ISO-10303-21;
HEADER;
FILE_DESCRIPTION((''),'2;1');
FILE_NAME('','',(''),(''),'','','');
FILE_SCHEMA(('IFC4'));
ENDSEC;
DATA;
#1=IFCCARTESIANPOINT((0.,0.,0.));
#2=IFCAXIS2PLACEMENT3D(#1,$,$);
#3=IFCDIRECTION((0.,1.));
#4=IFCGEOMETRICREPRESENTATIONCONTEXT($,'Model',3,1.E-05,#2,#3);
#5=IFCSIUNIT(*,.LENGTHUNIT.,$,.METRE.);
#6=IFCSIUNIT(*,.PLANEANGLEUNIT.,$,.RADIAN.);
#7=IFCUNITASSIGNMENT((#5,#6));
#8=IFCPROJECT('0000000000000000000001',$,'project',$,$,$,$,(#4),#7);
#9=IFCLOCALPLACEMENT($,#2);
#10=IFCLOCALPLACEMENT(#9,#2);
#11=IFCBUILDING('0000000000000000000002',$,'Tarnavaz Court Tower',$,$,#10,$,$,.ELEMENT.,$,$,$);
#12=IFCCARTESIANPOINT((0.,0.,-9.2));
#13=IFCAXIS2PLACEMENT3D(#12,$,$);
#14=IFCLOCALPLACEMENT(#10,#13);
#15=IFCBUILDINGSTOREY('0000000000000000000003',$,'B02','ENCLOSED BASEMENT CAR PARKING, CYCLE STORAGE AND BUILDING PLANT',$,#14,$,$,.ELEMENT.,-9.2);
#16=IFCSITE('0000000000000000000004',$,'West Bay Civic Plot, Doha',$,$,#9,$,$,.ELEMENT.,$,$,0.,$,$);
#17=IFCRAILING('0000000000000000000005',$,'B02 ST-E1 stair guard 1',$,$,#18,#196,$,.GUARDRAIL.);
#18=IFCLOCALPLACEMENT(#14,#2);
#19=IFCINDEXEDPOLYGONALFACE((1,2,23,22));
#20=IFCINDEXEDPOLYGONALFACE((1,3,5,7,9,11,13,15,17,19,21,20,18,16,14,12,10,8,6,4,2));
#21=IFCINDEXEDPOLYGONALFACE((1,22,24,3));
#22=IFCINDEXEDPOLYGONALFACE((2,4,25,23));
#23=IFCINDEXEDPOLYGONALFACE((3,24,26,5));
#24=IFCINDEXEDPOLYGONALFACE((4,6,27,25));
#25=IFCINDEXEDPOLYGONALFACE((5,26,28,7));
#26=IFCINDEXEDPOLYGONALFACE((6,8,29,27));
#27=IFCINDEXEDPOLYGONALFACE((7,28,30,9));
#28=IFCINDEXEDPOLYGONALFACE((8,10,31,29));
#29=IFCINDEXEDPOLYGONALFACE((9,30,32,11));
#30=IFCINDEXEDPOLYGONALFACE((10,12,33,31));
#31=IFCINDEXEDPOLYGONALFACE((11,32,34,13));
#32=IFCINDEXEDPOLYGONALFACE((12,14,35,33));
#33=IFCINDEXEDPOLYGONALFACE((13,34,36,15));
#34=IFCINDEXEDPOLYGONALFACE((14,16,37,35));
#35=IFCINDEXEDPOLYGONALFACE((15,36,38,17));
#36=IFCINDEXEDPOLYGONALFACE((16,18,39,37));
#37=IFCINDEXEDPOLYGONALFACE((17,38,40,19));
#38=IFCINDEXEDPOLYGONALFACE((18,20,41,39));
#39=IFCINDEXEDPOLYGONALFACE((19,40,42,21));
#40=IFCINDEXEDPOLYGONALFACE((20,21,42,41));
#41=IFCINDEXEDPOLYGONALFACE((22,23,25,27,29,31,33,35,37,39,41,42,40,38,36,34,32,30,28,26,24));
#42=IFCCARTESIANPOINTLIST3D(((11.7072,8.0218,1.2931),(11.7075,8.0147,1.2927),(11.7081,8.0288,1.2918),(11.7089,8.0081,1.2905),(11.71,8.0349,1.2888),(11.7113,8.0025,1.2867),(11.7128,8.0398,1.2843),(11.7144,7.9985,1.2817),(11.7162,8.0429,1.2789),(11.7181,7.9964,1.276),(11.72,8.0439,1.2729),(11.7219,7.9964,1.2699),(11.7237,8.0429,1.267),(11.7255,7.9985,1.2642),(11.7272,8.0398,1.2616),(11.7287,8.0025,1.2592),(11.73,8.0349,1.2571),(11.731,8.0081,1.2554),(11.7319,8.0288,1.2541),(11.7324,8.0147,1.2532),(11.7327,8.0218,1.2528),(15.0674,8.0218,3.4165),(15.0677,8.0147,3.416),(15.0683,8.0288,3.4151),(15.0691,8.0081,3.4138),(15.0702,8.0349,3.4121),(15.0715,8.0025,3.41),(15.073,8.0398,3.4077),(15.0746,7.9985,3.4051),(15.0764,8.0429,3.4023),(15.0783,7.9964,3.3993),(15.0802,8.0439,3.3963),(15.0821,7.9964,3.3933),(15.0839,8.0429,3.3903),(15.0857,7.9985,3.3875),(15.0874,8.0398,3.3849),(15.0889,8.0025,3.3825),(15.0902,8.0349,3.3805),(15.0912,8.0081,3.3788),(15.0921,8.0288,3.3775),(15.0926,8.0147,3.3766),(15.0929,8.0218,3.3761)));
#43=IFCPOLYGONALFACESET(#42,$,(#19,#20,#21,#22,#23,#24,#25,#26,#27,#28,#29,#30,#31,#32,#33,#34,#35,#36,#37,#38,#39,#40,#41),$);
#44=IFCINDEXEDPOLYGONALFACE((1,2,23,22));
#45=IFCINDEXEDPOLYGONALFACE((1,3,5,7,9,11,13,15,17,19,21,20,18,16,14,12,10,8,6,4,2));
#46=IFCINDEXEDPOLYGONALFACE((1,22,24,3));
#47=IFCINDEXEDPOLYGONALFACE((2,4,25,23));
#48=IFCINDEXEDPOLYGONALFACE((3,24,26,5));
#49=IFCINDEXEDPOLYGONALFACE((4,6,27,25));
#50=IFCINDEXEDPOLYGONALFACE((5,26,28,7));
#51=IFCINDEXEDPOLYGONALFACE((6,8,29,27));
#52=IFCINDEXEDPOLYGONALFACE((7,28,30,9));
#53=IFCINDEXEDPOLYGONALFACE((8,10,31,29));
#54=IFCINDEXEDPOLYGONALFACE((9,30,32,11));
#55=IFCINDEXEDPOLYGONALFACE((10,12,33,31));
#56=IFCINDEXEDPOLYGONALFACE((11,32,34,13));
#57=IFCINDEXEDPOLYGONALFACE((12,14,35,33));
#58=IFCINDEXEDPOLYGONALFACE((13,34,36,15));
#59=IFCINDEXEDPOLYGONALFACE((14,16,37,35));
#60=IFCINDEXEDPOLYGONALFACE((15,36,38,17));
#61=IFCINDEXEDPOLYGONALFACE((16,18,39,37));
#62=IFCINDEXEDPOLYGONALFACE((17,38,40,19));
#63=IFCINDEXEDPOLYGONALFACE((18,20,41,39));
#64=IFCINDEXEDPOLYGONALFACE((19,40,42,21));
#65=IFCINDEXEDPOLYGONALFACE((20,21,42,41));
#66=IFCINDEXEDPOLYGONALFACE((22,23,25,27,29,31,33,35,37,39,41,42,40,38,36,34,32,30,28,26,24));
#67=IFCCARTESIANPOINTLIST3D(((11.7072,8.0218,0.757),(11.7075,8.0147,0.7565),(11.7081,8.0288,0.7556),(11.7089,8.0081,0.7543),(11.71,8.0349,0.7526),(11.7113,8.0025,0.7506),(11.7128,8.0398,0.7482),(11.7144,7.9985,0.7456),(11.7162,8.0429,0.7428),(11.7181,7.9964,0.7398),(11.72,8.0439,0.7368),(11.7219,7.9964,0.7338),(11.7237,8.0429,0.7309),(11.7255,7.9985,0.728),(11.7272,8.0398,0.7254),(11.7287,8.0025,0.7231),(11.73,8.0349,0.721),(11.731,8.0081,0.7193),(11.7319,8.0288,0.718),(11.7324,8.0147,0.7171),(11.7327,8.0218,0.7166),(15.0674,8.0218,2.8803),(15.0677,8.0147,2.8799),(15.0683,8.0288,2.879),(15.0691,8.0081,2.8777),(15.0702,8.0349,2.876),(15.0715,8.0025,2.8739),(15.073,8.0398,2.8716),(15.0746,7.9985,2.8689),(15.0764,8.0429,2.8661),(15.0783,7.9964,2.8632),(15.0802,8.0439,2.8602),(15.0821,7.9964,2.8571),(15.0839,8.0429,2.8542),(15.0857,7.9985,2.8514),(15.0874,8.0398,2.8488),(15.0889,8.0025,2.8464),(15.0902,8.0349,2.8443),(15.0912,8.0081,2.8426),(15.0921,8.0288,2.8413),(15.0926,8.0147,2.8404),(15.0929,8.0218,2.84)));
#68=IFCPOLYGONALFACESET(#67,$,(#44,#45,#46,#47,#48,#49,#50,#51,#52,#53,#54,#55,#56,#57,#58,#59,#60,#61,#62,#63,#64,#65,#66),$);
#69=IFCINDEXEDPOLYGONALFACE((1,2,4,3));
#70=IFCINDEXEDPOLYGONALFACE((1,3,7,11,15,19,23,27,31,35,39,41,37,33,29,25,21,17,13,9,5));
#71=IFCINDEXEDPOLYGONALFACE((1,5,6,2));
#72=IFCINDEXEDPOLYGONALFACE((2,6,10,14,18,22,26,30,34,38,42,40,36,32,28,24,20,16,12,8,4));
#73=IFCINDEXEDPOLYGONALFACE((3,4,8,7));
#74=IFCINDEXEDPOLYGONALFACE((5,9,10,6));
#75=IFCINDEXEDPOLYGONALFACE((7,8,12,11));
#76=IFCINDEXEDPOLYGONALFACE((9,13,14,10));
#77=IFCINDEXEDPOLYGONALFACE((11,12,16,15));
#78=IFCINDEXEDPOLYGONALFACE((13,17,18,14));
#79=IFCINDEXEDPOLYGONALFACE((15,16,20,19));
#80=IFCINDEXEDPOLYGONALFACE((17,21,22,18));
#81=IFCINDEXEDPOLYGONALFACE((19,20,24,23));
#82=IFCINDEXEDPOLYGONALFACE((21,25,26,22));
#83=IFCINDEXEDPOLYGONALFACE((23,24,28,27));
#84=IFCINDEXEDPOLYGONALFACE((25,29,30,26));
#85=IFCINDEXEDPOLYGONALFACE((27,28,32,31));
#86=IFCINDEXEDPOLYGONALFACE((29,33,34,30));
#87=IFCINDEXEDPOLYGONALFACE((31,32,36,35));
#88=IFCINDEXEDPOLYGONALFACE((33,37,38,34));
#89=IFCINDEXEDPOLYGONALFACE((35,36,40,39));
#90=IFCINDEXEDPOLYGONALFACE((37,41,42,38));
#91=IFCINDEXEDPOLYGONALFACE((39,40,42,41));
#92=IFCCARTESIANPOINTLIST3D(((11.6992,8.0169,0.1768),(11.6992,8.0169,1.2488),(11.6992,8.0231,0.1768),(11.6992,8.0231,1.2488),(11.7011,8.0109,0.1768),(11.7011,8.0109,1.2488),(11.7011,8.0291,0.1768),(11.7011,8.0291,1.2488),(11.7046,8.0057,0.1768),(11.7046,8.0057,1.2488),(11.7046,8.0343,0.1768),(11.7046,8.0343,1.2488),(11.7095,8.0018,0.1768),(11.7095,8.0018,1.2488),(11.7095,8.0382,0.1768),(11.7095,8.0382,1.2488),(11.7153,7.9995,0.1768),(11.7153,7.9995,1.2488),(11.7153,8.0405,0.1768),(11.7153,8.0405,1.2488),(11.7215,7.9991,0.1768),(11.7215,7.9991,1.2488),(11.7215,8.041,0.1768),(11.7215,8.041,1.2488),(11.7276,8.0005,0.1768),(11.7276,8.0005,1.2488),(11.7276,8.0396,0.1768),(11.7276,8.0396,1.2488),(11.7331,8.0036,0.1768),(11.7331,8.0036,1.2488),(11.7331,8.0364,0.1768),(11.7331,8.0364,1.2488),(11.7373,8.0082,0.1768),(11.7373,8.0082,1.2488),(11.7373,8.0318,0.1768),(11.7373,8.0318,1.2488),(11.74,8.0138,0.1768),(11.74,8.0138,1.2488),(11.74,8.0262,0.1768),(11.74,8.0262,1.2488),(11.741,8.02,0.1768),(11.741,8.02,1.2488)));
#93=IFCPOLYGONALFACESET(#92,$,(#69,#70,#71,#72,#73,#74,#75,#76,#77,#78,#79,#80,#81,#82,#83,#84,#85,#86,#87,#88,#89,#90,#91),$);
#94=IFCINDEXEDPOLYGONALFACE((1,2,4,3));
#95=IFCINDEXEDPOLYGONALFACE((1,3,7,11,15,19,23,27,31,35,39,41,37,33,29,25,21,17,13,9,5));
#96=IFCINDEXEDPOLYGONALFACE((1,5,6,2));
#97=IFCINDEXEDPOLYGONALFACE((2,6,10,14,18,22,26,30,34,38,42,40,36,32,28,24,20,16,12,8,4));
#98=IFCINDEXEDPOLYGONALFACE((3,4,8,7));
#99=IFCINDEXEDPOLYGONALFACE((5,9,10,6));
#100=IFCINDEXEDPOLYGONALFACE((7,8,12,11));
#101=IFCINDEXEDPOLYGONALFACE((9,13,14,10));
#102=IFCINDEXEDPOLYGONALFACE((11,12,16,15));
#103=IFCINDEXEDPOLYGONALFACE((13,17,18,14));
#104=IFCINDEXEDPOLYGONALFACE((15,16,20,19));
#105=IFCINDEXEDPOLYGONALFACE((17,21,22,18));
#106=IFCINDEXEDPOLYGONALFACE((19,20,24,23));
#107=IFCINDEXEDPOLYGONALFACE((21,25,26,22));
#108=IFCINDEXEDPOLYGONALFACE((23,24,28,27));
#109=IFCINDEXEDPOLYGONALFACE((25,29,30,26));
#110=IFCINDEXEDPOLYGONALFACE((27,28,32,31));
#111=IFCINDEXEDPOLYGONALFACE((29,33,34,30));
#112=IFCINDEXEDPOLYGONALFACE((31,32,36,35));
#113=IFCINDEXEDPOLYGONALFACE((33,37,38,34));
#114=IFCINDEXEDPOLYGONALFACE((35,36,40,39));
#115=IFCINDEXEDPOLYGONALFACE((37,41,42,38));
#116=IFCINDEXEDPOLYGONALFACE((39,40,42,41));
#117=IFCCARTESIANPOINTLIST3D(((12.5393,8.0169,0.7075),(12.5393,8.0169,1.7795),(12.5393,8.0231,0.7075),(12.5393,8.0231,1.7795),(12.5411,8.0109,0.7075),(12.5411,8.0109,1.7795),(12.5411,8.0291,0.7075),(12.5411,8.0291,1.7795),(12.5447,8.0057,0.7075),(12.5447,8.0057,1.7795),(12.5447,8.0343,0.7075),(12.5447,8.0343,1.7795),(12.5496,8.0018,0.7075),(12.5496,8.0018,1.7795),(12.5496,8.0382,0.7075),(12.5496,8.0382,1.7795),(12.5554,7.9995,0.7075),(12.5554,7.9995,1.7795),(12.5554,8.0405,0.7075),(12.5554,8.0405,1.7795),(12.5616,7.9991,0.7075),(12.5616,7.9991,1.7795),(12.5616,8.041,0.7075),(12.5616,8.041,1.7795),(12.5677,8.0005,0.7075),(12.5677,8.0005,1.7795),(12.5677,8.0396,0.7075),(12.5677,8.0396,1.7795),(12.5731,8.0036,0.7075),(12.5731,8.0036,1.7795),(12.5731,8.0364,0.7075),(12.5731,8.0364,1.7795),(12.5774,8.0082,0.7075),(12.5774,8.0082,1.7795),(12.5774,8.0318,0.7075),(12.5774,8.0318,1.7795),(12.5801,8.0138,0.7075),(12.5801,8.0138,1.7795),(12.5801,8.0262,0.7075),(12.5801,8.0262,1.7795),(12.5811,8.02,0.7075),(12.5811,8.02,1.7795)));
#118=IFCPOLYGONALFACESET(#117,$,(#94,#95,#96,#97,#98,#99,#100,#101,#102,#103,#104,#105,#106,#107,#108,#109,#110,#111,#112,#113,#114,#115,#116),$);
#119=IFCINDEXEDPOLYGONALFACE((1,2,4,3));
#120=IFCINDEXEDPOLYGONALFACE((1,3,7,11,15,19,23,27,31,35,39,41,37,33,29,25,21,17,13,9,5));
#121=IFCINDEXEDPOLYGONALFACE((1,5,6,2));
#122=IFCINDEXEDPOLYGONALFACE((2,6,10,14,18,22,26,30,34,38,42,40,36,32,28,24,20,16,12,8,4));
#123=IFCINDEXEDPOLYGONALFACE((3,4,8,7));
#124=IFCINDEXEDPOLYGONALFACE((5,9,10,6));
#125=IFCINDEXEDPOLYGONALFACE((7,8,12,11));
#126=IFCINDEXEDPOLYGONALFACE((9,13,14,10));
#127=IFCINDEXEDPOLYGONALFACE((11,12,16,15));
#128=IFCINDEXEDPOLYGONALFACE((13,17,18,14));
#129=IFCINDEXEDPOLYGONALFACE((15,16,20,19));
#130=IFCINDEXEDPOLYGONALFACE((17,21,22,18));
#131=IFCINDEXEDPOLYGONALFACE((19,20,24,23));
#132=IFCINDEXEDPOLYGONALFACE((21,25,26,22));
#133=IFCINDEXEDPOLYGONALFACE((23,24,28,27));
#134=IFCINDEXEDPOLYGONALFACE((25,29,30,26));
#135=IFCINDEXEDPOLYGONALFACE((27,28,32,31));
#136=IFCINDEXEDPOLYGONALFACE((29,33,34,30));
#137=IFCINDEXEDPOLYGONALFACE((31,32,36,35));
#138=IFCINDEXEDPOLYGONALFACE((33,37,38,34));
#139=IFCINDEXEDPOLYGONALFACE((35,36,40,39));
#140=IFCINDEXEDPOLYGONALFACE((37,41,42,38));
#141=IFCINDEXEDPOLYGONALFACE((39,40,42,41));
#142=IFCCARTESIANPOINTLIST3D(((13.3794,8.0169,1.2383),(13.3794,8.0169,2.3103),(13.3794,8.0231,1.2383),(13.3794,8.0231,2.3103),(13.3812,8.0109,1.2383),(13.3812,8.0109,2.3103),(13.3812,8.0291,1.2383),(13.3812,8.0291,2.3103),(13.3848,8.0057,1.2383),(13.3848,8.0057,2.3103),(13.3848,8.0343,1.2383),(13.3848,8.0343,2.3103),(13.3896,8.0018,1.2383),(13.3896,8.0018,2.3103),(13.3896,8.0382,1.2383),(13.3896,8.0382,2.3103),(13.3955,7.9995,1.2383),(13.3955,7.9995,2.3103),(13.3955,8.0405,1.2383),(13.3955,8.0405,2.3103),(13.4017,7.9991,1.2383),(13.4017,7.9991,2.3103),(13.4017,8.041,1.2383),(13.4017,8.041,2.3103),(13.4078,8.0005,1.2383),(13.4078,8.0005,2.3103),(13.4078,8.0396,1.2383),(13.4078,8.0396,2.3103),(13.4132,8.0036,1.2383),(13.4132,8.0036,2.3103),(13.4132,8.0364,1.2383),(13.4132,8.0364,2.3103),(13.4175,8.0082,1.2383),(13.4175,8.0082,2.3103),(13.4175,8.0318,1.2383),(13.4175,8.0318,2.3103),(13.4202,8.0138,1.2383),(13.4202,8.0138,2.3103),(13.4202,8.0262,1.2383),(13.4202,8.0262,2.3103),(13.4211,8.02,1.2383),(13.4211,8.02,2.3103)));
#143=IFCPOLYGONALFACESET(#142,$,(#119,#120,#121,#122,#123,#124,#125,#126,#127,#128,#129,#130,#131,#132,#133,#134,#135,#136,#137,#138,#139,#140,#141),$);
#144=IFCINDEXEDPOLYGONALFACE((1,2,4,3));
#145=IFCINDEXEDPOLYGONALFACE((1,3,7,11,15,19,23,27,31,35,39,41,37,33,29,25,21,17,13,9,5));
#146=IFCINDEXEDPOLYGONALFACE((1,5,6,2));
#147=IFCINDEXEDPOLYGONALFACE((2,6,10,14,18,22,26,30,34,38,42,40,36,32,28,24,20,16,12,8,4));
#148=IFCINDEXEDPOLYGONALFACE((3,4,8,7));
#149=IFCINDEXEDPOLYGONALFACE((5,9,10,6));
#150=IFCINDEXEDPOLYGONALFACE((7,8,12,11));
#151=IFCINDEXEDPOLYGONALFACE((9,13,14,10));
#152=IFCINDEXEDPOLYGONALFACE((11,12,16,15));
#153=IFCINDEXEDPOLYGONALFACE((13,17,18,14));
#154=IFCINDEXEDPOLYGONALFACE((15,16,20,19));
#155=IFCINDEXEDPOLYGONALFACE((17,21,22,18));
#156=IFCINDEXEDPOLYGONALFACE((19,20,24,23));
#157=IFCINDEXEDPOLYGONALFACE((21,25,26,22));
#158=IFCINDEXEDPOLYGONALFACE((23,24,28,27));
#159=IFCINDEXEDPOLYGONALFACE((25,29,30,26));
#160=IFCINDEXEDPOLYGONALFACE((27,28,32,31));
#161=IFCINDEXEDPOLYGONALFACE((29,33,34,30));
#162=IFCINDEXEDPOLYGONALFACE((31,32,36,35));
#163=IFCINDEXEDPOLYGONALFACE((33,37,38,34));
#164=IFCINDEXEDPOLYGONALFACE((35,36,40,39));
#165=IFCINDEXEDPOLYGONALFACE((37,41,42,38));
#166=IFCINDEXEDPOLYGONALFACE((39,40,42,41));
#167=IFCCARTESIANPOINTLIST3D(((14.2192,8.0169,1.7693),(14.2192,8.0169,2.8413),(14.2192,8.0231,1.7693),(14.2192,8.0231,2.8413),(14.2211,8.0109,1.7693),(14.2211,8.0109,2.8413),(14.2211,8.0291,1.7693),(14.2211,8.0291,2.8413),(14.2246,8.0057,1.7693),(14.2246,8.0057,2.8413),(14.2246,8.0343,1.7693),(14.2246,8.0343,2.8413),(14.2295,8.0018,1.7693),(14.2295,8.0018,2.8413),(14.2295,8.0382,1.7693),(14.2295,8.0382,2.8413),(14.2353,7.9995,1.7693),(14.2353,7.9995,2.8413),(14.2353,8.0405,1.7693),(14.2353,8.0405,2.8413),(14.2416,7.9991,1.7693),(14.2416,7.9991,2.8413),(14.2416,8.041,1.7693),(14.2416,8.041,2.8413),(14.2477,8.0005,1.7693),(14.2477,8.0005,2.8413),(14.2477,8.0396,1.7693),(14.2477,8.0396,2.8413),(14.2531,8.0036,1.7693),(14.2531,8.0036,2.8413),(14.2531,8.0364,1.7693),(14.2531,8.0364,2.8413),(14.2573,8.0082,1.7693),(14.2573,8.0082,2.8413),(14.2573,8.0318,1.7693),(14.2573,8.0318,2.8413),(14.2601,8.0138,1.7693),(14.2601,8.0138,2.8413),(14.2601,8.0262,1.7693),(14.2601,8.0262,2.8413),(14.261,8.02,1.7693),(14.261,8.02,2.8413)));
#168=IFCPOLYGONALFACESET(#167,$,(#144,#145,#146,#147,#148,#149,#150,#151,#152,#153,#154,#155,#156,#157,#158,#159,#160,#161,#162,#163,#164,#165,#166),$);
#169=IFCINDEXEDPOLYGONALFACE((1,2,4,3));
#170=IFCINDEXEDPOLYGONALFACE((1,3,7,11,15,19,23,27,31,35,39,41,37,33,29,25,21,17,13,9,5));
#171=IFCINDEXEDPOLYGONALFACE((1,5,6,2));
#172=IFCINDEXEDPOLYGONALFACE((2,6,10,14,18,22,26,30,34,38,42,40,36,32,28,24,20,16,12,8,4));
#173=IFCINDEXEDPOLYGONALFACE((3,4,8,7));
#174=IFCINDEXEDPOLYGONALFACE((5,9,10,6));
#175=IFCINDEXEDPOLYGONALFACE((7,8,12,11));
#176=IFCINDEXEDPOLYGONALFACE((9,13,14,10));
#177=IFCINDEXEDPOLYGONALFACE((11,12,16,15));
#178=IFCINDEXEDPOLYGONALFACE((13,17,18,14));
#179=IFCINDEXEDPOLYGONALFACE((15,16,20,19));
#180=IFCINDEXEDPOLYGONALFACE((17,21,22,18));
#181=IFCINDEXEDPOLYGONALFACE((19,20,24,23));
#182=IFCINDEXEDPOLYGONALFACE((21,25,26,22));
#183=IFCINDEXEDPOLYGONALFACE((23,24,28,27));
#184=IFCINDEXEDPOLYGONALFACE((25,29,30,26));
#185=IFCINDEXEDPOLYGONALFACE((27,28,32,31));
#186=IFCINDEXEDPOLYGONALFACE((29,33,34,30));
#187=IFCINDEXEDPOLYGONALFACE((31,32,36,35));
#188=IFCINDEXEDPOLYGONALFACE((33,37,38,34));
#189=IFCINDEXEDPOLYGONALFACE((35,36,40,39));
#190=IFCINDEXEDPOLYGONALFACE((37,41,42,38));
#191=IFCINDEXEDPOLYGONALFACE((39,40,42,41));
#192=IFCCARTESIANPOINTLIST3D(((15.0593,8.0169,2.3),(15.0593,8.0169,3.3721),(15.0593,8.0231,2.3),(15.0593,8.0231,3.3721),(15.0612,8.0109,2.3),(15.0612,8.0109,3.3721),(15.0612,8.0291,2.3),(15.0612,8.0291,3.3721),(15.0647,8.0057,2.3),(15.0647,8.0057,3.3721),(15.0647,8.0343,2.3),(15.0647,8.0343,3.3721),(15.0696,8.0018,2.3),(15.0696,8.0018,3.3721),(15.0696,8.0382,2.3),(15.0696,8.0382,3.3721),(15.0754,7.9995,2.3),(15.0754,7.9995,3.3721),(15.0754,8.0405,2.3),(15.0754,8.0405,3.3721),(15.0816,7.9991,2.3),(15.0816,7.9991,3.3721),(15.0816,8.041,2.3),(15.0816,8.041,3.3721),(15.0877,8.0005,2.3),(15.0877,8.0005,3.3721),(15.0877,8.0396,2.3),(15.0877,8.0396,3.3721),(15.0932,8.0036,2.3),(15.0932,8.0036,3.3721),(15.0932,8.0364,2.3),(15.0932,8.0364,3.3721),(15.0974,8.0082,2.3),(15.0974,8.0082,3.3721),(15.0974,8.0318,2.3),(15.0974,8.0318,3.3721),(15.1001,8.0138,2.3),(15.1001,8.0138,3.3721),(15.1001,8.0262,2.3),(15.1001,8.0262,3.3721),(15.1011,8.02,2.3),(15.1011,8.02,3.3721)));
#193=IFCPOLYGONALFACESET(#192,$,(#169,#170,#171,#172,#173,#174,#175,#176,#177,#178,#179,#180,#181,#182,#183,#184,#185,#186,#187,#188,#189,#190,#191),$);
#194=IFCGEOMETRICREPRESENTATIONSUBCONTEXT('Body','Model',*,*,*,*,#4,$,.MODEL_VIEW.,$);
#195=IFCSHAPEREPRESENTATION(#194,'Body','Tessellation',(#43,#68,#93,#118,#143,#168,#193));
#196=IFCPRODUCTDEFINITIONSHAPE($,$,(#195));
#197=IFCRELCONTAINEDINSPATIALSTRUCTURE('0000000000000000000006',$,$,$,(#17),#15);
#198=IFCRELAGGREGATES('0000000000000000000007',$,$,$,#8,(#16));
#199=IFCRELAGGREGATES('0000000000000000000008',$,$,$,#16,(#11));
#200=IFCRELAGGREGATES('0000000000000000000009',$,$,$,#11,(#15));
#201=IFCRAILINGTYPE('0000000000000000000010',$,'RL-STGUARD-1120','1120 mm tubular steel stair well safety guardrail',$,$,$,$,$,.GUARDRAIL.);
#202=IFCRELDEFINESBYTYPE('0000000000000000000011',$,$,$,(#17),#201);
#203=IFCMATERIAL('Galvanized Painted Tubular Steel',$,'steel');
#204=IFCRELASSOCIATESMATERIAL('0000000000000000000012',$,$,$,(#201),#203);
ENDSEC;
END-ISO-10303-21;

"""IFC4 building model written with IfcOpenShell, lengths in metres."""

from ifc_helpers import new_model, si_unit, direction, frame, origin, origin_2d, place, context, subcontext, project, spatial, circle, extrude, material, type_object, element, save


model = new_model("IFC4")

# Units and contexts
model_context = context("Model", 3, precision=1e-05, world=origin(), true_north=direction((0.0, 1.0)))
body_context = subcontext(model_context, "Body", "Model", "MODEL_VIEW")
ifc_project = project(units=[si_unit("LENGTHUNIT", "METRE"), si_unit("PLANEANGLEUNIT", "RADIAN")], contexts=[model_context])

# Site, building, storey
site_placement = place(None, origin())
site = spatial("IfcSite", under=ifc_project, at=site_placement, Name="West Bay Civic Plot, Doha", CompositionType="ELEMENT", RefElevation=0.0)
building_placement = place(site_placement, origin())
building = spatial("IfcBuilding", under=site, at=building_placement, Name="Tarnavaz Court Tower", CompositionType="ELEMENT")
storey_placement = place(building_placement, frame((0.0, 0.0, -9.2)))
storey = spatial("IfcBuildingStorey", under=building, at=storey_placement, Name="B02", Description="ENCLOSED BASEMENT CAR PARKING, CYCLE STORAGE AND BUILDING PLANT", CompositionType="ELEMENT", Elevation=-9.2)

# Railing
ifc_material_1 = material(Name="Galvanized Painted Tubular Steel", Category="steel")
railing_type_1 = type_object("IfcRailingType", Name="RL-STGUARD-1120", Description="1120 mm tubular steel stair well safety guardrail", PredefinedType="GUARDRAIL", material=ifc_material_1)
railing_1_placement = place(storey_placement, frame((11.72, 8.02, 0.1768)))
element("IfcRailing", 1, at=railing_1_placement, inside=storey, type_object=railing_type_1, Name="B02 ST-E1 stair guard 1", PredefinedType="GUARDRAIL", context=body_context, shape_type="SweptSolid", body=[
    extrude(circle(Radius=0.0239, at=origin_2d()), frame((0.0, 0.0, 1.0962), z_axis=(0.845362, 0.0, 0.534194), x_axis=(0.0, 1.0, 0.0)), (0.0, 0.0, 1.0), 3.9749),
    extrude(circle(Radius=0.0239, at=origin_2d()), frame((0.0, 0.0, 0.5601), z_axis=(0.845362, 0.0, 0.534194), x_axis=(0.0, 1.0, 0.0)), (0.0, 0.0, 1.0), 3.9749),
    extrude(circle(Radius=0.021, at=origin_2d()), origin(), (0.0, 0.0, 1.0), 1.072),
    extrude(circle(Radius=0.021, at=origin_2d()), frame((0.8401, 0.0, 0.5308)), (0.0, 0.0, 1.0), 1.072),
    extrude(circle(Radius=0.021, at=origin_2d()), frame((1.6802, 0.0, 1.0615)), (0.0, 0.0, 1.0), 1.072),
    extrude(circle(Radius=0.021, at=origin_2d()), frame((2.52, 0.0, 1.5925)), (0.0, 0.0, 1.0), 1.072),
    extrude(circle(Radius=0.021, at=origin_2d()), frame((3.3601, 0.0, 2.1233)), (0.0, 0.0, 1.0), 1.072),
])

save(model, "model.ifc")
